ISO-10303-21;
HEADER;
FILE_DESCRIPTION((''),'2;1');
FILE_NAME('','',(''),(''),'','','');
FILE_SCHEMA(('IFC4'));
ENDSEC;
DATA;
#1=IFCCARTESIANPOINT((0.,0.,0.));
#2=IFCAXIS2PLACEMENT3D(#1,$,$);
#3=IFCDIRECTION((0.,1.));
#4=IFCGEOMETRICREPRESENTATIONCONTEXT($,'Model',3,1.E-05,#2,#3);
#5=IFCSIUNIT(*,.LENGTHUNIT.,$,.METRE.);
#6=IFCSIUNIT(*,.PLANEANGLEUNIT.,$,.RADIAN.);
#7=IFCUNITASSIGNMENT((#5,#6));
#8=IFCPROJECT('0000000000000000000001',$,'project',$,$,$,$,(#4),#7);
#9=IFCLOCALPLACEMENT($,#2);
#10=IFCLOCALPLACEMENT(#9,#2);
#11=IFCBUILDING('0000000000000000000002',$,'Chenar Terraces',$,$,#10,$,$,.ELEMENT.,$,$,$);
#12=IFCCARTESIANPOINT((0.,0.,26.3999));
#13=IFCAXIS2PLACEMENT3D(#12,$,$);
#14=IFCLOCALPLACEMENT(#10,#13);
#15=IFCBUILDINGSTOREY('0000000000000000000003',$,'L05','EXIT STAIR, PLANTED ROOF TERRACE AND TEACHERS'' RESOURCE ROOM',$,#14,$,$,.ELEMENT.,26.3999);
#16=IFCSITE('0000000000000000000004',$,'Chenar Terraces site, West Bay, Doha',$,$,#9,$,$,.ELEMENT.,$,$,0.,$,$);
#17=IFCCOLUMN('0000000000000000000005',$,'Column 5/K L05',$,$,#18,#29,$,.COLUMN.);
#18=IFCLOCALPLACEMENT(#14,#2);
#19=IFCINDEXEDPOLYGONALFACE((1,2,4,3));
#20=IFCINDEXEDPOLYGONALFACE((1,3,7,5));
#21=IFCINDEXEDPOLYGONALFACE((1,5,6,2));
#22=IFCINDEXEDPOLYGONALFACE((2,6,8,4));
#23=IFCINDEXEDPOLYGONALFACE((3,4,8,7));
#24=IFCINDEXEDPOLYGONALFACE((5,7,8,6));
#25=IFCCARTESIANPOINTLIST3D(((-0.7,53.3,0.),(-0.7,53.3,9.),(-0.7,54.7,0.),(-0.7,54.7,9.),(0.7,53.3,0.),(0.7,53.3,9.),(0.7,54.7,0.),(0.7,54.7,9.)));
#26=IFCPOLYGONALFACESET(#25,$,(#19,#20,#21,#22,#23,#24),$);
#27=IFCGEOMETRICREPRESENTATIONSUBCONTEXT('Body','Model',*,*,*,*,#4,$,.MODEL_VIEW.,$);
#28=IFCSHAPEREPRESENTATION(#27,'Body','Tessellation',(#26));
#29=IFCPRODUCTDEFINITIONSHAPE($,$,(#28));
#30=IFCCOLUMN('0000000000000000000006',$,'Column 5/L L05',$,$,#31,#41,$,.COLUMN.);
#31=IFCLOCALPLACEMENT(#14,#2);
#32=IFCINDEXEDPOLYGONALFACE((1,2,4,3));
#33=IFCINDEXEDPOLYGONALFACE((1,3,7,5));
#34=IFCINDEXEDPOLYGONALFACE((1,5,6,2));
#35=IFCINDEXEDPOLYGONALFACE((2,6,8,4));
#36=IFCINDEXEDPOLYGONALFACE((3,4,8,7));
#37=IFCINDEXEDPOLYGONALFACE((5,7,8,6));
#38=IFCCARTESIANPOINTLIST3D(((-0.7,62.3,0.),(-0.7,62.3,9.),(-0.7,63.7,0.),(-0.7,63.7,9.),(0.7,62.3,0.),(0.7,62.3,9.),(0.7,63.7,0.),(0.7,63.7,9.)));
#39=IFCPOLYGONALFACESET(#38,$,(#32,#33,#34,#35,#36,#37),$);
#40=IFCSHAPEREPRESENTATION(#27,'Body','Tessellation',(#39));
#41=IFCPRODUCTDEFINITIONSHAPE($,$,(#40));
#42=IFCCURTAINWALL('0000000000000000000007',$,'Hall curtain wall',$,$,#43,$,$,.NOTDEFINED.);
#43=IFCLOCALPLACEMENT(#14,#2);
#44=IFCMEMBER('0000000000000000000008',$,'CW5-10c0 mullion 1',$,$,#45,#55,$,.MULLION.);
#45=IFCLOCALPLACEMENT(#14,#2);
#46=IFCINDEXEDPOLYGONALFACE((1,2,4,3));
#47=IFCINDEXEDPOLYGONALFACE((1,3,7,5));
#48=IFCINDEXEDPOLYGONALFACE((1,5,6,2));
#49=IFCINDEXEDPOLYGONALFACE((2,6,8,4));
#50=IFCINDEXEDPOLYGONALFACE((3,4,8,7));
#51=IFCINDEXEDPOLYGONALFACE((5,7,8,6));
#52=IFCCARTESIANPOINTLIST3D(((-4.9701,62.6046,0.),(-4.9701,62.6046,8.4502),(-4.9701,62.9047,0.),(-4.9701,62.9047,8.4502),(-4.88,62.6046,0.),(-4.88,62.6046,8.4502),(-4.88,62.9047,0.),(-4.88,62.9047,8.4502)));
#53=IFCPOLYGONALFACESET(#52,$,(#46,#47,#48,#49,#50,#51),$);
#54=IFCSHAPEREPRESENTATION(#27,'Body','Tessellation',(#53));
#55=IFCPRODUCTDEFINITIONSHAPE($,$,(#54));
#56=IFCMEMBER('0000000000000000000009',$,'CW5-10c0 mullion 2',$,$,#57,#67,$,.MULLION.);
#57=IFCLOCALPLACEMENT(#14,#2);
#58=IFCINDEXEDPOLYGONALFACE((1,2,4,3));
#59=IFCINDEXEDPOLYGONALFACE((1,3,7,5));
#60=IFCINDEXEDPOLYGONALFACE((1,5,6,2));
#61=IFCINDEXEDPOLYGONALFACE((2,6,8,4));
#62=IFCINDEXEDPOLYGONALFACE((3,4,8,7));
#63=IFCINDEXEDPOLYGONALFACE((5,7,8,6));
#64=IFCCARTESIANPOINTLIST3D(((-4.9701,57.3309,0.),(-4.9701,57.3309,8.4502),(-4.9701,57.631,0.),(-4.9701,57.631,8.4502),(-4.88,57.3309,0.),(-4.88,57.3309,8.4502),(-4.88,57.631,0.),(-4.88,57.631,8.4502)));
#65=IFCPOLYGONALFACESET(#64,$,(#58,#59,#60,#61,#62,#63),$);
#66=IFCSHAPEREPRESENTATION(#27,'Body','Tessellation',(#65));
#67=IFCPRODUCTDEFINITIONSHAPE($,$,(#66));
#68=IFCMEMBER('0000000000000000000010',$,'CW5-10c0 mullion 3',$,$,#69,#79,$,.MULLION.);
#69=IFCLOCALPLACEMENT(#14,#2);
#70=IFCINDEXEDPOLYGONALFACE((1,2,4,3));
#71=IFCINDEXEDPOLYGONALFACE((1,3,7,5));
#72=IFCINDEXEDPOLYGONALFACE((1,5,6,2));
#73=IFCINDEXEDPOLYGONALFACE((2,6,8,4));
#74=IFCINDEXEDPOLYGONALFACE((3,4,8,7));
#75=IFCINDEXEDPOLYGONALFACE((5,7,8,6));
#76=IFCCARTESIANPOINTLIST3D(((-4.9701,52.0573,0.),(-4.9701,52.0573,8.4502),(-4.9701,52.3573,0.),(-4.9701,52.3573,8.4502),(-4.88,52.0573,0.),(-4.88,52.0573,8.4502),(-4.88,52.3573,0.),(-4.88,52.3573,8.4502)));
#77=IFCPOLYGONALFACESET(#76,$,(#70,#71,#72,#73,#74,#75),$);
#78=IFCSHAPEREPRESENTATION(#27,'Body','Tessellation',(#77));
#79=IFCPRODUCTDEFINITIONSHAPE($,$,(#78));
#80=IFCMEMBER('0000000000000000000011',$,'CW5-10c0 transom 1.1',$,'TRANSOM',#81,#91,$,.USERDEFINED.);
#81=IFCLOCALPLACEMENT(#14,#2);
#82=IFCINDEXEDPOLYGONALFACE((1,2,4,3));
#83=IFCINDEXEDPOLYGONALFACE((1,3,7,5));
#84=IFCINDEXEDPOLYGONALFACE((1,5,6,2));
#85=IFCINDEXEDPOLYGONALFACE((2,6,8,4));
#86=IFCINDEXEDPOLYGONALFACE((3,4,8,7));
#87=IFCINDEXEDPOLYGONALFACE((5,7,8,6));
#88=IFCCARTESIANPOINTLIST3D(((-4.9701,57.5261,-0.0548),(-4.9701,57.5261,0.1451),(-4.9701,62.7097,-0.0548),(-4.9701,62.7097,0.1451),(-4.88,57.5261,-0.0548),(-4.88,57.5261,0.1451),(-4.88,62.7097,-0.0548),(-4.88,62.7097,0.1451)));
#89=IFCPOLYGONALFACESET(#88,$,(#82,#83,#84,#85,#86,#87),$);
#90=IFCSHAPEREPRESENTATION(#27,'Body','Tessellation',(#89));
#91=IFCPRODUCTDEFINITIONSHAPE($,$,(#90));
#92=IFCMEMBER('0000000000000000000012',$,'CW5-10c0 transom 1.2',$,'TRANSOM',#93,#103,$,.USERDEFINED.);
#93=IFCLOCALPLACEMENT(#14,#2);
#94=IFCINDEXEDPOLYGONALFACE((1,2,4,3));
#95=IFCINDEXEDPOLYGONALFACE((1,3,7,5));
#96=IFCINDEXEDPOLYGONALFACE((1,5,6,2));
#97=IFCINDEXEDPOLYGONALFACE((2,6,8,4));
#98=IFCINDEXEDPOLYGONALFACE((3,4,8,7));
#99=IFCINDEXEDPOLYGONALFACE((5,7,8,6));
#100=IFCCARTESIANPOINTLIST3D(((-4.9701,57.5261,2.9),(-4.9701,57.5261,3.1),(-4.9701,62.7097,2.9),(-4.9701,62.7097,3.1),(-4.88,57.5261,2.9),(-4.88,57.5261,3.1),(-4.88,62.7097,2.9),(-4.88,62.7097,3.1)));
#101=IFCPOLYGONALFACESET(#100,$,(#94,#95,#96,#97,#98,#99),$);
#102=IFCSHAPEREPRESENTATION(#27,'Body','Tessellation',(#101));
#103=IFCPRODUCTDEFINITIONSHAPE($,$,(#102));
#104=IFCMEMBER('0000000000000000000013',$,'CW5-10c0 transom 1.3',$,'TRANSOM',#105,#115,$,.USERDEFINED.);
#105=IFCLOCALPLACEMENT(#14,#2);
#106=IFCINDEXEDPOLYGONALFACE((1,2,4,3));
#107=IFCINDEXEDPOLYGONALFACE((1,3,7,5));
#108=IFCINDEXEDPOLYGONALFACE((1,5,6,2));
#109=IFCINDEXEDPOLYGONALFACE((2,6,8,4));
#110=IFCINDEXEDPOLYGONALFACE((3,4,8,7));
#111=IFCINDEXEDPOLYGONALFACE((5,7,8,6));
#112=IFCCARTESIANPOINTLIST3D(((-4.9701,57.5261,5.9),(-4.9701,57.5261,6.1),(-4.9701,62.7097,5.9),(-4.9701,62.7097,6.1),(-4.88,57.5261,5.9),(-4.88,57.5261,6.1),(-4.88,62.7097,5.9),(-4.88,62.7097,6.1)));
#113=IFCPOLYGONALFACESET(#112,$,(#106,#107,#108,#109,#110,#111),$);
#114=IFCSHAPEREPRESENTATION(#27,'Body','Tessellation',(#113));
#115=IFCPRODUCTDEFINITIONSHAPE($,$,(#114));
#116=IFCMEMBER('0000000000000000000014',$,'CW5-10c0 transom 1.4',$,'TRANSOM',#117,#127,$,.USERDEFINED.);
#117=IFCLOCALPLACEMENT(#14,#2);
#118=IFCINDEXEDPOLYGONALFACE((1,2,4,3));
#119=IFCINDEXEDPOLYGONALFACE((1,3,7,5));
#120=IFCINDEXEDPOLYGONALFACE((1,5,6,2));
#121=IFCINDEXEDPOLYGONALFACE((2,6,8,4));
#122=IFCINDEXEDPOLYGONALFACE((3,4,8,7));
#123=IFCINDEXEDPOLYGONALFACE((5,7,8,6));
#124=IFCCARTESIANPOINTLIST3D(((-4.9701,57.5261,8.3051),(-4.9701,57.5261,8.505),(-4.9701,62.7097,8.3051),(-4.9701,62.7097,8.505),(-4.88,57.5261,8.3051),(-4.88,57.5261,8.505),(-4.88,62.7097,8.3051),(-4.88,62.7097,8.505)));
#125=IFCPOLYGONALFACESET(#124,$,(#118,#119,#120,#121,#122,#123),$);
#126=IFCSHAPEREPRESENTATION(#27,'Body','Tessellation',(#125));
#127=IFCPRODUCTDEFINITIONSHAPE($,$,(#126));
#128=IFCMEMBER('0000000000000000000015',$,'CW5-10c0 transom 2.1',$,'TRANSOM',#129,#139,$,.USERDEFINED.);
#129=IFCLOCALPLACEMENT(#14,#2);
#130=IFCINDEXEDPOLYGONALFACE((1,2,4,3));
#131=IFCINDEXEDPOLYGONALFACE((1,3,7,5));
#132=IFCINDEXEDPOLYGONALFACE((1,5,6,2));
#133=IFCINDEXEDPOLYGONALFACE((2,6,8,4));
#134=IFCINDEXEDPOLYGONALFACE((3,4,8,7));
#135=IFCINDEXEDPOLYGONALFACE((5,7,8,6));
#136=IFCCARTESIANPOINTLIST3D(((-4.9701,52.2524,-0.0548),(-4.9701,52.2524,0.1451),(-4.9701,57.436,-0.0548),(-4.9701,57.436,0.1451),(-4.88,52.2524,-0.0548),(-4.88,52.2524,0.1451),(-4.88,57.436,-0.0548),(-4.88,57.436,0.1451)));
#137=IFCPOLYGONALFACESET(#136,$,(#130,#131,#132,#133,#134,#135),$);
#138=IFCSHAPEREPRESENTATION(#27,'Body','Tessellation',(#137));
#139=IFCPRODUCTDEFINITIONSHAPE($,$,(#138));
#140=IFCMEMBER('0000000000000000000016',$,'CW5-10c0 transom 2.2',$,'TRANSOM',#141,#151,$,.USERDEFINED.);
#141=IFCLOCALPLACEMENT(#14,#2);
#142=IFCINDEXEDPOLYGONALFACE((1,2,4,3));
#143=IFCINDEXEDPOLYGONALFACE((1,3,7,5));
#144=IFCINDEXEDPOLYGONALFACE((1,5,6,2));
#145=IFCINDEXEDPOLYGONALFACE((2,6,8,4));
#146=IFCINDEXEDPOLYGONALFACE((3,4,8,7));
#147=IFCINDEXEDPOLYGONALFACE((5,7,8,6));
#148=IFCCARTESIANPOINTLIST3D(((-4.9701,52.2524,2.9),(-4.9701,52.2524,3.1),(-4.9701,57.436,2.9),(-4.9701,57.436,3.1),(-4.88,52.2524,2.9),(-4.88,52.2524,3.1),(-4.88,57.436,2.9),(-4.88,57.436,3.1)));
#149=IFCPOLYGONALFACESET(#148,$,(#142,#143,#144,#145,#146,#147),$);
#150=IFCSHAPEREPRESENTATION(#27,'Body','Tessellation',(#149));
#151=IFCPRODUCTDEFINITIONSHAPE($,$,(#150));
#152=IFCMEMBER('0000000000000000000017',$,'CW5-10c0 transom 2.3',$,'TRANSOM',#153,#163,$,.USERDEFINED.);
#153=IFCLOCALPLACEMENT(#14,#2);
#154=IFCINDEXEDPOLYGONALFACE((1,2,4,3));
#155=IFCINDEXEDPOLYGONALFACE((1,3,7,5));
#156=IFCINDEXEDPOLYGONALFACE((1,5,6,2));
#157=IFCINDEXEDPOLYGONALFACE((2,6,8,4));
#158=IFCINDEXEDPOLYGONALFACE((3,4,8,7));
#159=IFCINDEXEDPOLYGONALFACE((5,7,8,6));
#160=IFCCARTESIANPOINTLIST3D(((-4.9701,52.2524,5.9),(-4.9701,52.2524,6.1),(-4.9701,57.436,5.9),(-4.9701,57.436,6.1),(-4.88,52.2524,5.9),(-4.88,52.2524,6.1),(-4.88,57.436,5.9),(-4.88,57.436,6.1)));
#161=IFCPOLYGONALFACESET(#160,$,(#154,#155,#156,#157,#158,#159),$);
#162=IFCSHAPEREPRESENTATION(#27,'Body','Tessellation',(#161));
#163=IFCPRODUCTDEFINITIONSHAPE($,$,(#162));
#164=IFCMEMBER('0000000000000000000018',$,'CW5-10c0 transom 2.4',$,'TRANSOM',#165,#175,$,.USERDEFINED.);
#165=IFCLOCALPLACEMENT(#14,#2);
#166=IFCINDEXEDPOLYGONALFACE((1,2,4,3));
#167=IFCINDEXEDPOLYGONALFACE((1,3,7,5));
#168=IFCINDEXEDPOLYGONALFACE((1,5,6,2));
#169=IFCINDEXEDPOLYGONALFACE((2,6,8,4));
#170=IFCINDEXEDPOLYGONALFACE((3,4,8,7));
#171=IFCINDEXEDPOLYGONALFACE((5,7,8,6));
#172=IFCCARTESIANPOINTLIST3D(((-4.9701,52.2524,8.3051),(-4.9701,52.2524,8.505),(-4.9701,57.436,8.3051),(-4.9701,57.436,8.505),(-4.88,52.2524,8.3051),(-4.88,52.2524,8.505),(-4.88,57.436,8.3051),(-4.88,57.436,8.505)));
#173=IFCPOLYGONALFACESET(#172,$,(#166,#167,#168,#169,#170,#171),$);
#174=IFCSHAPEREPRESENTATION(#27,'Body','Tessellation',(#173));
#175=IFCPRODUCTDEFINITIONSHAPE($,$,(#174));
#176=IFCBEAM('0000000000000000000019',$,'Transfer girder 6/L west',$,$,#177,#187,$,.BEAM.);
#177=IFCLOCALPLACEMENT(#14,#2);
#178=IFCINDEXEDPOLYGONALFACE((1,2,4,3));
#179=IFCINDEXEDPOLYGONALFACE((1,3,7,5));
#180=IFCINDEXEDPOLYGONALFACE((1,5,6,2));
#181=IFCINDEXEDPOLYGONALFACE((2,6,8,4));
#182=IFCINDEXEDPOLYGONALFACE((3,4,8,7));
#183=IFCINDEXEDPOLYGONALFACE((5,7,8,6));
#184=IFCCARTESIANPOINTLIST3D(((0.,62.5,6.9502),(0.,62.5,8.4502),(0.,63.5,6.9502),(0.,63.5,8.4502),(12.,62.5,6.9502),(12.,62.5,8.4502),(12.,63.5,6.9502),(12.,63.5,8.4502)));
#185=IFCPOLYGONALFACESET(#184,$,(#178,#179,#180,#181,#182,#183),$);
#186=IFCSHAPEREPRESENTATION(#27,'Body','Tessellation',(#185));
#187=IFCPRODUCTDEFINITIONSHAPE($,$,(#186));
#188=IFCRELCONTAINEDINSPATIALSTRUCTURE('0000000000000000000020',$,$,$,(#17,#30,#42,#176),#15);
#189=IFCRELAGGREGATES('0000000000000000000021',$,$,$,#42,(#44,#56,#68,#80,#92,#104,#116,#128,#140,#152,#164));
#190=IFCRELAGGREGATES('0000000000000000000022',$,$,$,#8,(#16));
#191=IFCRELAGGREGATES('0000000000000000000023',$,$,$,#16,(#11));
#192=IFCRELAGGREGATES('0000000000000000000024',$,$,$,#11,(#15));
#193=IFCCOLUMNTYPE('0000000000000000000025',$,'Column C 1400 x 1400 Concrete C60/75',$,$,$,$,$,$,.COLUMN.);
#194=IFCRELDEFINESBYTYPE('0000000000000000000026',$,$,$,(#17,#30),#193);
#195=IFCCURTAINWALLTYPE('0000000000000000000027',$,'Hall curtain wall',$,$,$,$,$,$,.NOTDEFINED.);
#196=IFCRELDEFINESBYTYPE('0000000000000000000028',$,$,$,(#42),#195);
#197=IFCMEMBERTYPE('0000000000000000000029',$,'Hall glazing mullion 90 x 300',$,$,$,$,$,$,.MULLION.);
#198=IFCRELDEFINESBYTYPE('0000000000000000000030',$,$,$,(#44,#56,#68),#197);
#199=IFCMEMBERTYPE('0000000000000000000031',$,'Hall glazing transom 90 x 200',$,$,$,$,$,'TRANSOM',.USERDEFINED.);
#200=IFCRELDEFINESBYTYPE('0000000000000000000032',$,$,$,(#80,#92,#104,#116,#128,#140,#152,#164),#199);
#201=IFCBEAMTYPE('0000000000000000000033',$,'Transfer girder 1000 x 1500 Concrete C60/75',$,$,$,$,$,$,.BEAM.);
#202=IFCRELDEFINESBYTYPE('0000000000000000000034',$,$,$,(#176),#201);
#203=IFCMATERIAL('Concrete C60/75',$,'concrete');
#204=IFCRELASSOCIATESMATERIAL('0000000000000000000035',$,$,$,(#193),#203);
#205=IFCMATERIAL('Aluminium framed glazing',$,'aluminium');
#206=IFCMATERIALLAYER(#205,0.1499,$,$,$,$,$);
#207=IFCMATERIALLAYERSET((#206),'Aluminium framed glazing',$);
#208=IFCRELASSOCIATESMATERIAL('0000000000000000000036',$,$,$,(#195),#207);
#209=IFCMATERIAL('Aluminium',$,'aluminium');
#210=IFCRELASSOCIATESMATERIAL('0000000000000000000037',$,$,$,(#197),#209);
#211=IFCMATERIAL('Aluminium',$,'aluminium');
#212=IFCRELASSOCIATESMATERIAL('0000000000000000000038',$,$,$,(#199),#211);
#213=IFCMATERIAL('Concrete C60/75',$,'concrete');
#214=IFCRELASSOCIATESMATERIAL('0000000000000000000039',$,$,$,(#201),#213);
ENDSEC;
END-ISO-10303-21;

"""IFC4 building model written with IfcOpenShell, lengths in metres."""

from ifc_helpers import new_model, si_unit, direction, frame, frame_2d, origin, origin_2d, place, context, subcontext, project, spatial, rectangle, extrude, material, layer, layer_set, material_profile, profile_set, type_object, element, aggregate, save


model = new_model("IFC4")

# Units and contexts
model_context = context("Model", 3, precision=1e-05, world=origin(), true_north=direction((0.0, 1.0)))
body_context = subcontext(model_context, "Body", "Model", "MODEL_VIEW")
ifc_project = project(units=[si_unit("LENGTHUNIT", "METRE"), si_unit("PLANEANGLEUNIT", "RADIAN")], contexts=[model_context])

# Site, building, storey
site_placement = place(None, origin())
site = spatial("IfcSite", under=ifc_project, at=site_placement, Name="Chenar Terraces site, West Bay, Doha", CompositionType="ELEMENT", RefElevation=0.0)
building_placement = place(site_placement, origin())
building = spatial("IfcBuilding", under=site, at=building_placement, Name="Chenar Terraces", CompositionType="ELEMENT")
storey_placement = place(building_placement, frame((0.0, 0.0, 26.3999)))
storey = spatial("IfcBuildingStorey", under=building, at=storey_placement, Name="L05", Description="EXIT STAIR, PLANTED ROOF TERRACE AND TEACHERS' RESOURCE ROOM", CompositionType="ELEMENT", Elevation=26.3999)

# Columns
ifc_material_1 = material(Name="Concrete C60/75", Category="concrete")
ifc_material_profile_1 = material_profile(ifc_material_1, rectangle(XDim=1.3999, YDim=1.3999, at=origin_2d()), Name="C 1400 x 1400")
ifc_profile_set_1 = profile_set([ifc_material_profile_1], Name="Concrete C60/75")
column_type = type_object("IfcColumnType", Name="Column C 1400 x 1400 Concrete C60/75", PredefinedType="COLUMN", material=ifc_profile_set_1)
for number, where, z_axis, x_axis, name in (
    (1, (0.0, 54.0, 0.0), (0.0, 0.0, 1.0), (1.0, 0.0, 0.0), "Column 5/K L05"),
    (2, (0.0, 63.0, 0.0), (0.0, 0.0, 1.0), (1.0, 0.0, 0.0), "Column 5/L L05"),
):
    element("IfcColumn", number, at=place(storey_placement, frame(where, z_axis=z_axis, x_axis=x_axis)), inside=storey, type_object=column_type, Name=name, PredefinedType="COLUMN", context=body_context, shape_type="SweptSolid", body=[
        extrude(rectangle(XDim=1.3999, YDim=1.3999, at=origin_2d()), origin(), (0.0, 0.0, 1.0), 9.0),
    ])

# Curtain wall, members
ifc_material_2 = material(Name="Aluminium framed glazing", Category="aluminium")
ifc_layer_1 = layer(ifc_material_2, 0.1499)
ifc_layer_set_1 = layer_set([ifc_layer_1], Name="Aluminium framed glazing")
curtain_wall_type = type_object("IfcCurtainWallType", Name="Hall curtain wall", PredefinedType="NOTDEFINED", material=ifc_layer_set_1)
curtain_wall_placement = place(storey_placement, origin())
curtain_wall = element("IfcCurtainWall", 3, at=curtain_wall_placement, inside=storey, type_object=curtain_wall_type, Name="Hall curtain wall", PredefinedType="NOTDEFINED")
ifc_material_3 = material(Name="Aluminium", Category="aluminium")
ifc_material_profile_2 = material_profile(ifc_material_3, rectangle(XDim=0.0901, YDim=0.3, at=origin_2d()), Name="Hall glazing mullion 90 x 300")
ifc_profile_set_2 = profile_set([ifc_material_profile_2], Name="Aluminium")
member_type_1 = type_object("IfcMemberType", Name="Hall glazing mullion 90 x 300", PredefinedType="MULLION", material=ifc_profile_set_2)
member_1_placement = place(storey_placement, frame((-4.925, 62.7546, 0.0), z_axis=(0.0, 0.0, 1.0), x_axis=(1.0, 0.0, 0.0)))
member_1 = element("IfcMember", 4, at=member_1_placement, type_object=member_type_1, Name="CW5-10c0 mullion 1", PredefinedType="MULLION", context=body_context, shape_type="SweptSolid", body=[
    extrude(rectangle(XDim=0.0901, YDim=0.3, at=origin_2d()), origin(), (0.0, 0.0, 1.0), 8.4502),
])
member_2_placement = place(storey_placement, frame((-4.925, 57.481, 0.0), z_axis=(0.0, 0.0, 1.0), x_axis=(1.0, 0.0, 0.0)))
member_2 = element("IfcMember", 5, at=member_2_placement, type_object=member_type_1, Name="CW5-10c0 mullion 2", PredefinedType="MULLION", context=body_context, shape_type="SweptSolid", body=[
    extrude(rectangle(XDim=0.0901, YDim=0.3, at=origin_2d()), origin(), (0.0, 0.0, 1.0), 8.4502),
])
member_3_placement = place(storey_placement, frame((-4.925, 52.2073, 0.0), z_axis=(0.0, 0.0, 1.0), x_axis=(1.0, 0.0, 0.0)))
member_3 = element("IfcMember", 6, at=member_3_placement, type_object=member_type_1, Name="CW5-10c0 mullion 3", PredefinedType="MULLION", context=body_context, shape_type="SweptSolid", body=[
    extrude(rectangle(XDim=0.0901, YDim=0.3, at=origin_2d()), origin(), (0.0, 0.0, 1.0), 8.4502),
])
ifc_material_4 = material(Name="Aluminium", Category="aluminium")
ifc_material_profile_3 = material_profile(ifc_material_4, rectangle(XDim=0.0901, YDim=0.2, at=origin_2d()), Name="Hall glazing transom 90 x 200")
ifc_profile_set_3 = profile_set([ifc_material_profile_3], Name="Aluminium")
member_type_2 = type_object("IfcMemberType", Name="Hall glazing transom 90 x 200", ElementType="TRANSOM", PredefinedType="USERDEFINED", material=ifc_profile_set_3)
member_4_placement = place(storey_placement, frame((-4.925, 62.7097, 0.0452), z_axis=(0.0, -1.0, 0.0), x_axis=(1.0, 0.0, 0.0)))
member_4 = element("IfcMember", 7, at=member_4_placement, type_object=member_type_2, Name="CW5-10c0 transom 1.1", ObjectType="TRANSOM", PredefinedType="USERDEFINED", context=body_context, shape_type="SweptSolid", body=[
    extrude(rectangle(XDim=0.0901, YDim=0.2, at=origin_2d()), origin(), (0.0, 0.0, 1.0), 5.1836),
])
member_5_placement = place(storey_placement, frame((-4.925, 62.7097, 3.0), z_axis=(0.0, -1.0, 0.0), x_axis=(1.0, 0.0, 0.0)))
member_5 = element("IfcMember", 8, at=member_5_placement, type_object=member_type_2, Name="CW5-10c0 transom 1.2", ObjectType="TRANSOM", PredefinedType="USERDEFINED", context=body_context, shape_type="SweptSolid", body=[
    extrude(rectangle(XDim=0.0901, YDim=0.2, at=origin_2d()), origin(), (0.0, 0.0, 1.0), 5.1836),
])
member_6_placement = place(storey_placement, frame((-4.925, 62.7097, 6.0), z_axis=(0.0, -1.0, 0.0), x_axis=(1.0, 0.0, 0.0)))
member_6 = element("IfcMember", 9, at=member_6_placement, type_object=member_type_2, Name="CW5-10c0 transom 1.3", ObjectType="TRANSOM", PredefinedType="USERDEFINED", context=body_context, shape_type="SweptSolid", body=[
    extrude(rectangle(XDim=0.0901, YDim=0.2, at=origin_2d()), origin(), (0.0, 0.0, 1.0), 5.1836),
])
member_7_placement = place(storey_placement, frame((-4.925, 62.7097, 8.405), z_axis=(0.0, -1.0, 0.0), x_axis=(1.0, 0.0, 0.0)))
member_7 = element("IfcMember", 10, at=member_7_placement, type_object=member_type_2, Name="CW5-10c0 transom 1.4", ObjectType="TRANSOM", PredefinedType="USERDEFINED", context=body_context, shape_type="SweptSolid", body=[
    extrude(rectangle(XDim=0.0901, YDim=0.2, at=origin_2d()), origin(), (0.0, 0.0, 1.0), 5.1836),
])
member_8_placement = place(storey_placement, frame((-4.925, 57.436, 0.0452), z_axis=(0.0, -1.0, 0.0), x_axis=(1.0, 0.0, 0.0)))
member_8 = element("IfcMember", 11, at=member_8_placement, type_object=member_type_2, Name="CW5-10c0 transom 2.1", ObjectType="TRANSOM", PredefinedType="USERDEFINED", context=body_context, shape_type="SweptSolid", body=[
    extrude(rectangle(XDim=0.0901, YDim=0.2, at=origin_2d()), origin(), (0.0, 0.0, 1.0), 5.1836),
])
member_9_placement = place(storey_placement, frame((-4.925, 57.436, 3.0), z_axis=(0.0, -1.0, 0.0), x_axis=(1.0, 0.0, 0.0)))
member_9 = element("IfcMember", 12, at=member_9_placement, type_object=member_type_2, Name="CW5-10c0 transom 2.2", ObjectType="TRANSOM", PredefinedType="USERDEFINED", context=body_context, shape_type="SweptSolid", body=[
    extrude(rectangle(XDim=0.0901, YDim=0.2, at=origin_2d()), origin(), (0.0, 0.0, 1.0), 5.1836),
])
member_10_placement = place(storey_placement, frame((-4.925, 57.436, 6.0), z_axis=(0.0, -1.0, 0.0), x_axis=(1.0, 0.0, 0.0)))
member_10 = element("IfcMember", 13, at=member_10_placement, type_object=member_type_2, Name="CW5-10c0 transom 2.3", ObjectType="TRANSOM", PredefinedType="USERDEFINED", context=body_context, shape_type="SweptSolid", body=[
    extrude(rectangle(XDim=0.0901, YDim=0.2, at=origin_2d()), origin(), (0.0, 0.0, 1.0), 5.1836),
])
member_11_placement = place(storey_placement, frame((-4.925, 57.436, 8.405), z_axis=(0.0, -1.0, 0.0), x_axis=(1.0, 0.0, 0.0)))
member_11 = element("IfcMember", 14, at=member_11_placement, type_object=member_type_2, Name="CW5-10c0 transom 2.4", ObjectType="TRANSOM", PredefinedType="USERDEFINED", context=body_context, shape_type="SweptSolid", body=[
    extrude(rectangle(XDim=0.0901, YDim=0.2, at=origin_2d()), origin(), (0.0, 0.0, 1.0), 5.1836),
])

# Beam
ifc_material_5 = material(Name="Concrete C60/75", Category="concrete")
ifc_material_profile_4 = material_profile(ifc_material_5, rectangle(XDim=1.0, YDim=1.5, at=origin_2d()), Name="RC 1000 x 1500")
ifc_profile_set_4 = profile_set([ifc_material_profile_4], Name="Concrete C60/75")
beam_type_1 = type_object("IfcBeamType", Name="Transfer girder 1000 x 1500 Concrete C60/75", PredefinedType="BEAM", material=ifc_profile_set_4)
beam_1_placement = place(storey_placement, frame((0.0, 63.0, 8.4502), z_axis=(1.0, 0.0, 0.0), x_axis=(0.0, 1.0, 0.0)))
element("IfcBeam", 15, at=beam_1_placement, inside=storey, type_object=beam_type_1, Name="Transfer girder 6/L west", PredefinedType="BEAM", context=body_context, shape_type="SweptSolid", body=[
    extrude(rectangle(XDim=1.0, YDim=1.5, at=frame_2d((0.0, -0.75))), origin(), (0.0, 0.0, 1.0), 12.0),
])

aggregate(curtain_wall, [member_1, member_2, member_3, member_4, member_5, member_6, member_7, member_8, member_9, member_10, member_11])

save(model, "model.ifc")
